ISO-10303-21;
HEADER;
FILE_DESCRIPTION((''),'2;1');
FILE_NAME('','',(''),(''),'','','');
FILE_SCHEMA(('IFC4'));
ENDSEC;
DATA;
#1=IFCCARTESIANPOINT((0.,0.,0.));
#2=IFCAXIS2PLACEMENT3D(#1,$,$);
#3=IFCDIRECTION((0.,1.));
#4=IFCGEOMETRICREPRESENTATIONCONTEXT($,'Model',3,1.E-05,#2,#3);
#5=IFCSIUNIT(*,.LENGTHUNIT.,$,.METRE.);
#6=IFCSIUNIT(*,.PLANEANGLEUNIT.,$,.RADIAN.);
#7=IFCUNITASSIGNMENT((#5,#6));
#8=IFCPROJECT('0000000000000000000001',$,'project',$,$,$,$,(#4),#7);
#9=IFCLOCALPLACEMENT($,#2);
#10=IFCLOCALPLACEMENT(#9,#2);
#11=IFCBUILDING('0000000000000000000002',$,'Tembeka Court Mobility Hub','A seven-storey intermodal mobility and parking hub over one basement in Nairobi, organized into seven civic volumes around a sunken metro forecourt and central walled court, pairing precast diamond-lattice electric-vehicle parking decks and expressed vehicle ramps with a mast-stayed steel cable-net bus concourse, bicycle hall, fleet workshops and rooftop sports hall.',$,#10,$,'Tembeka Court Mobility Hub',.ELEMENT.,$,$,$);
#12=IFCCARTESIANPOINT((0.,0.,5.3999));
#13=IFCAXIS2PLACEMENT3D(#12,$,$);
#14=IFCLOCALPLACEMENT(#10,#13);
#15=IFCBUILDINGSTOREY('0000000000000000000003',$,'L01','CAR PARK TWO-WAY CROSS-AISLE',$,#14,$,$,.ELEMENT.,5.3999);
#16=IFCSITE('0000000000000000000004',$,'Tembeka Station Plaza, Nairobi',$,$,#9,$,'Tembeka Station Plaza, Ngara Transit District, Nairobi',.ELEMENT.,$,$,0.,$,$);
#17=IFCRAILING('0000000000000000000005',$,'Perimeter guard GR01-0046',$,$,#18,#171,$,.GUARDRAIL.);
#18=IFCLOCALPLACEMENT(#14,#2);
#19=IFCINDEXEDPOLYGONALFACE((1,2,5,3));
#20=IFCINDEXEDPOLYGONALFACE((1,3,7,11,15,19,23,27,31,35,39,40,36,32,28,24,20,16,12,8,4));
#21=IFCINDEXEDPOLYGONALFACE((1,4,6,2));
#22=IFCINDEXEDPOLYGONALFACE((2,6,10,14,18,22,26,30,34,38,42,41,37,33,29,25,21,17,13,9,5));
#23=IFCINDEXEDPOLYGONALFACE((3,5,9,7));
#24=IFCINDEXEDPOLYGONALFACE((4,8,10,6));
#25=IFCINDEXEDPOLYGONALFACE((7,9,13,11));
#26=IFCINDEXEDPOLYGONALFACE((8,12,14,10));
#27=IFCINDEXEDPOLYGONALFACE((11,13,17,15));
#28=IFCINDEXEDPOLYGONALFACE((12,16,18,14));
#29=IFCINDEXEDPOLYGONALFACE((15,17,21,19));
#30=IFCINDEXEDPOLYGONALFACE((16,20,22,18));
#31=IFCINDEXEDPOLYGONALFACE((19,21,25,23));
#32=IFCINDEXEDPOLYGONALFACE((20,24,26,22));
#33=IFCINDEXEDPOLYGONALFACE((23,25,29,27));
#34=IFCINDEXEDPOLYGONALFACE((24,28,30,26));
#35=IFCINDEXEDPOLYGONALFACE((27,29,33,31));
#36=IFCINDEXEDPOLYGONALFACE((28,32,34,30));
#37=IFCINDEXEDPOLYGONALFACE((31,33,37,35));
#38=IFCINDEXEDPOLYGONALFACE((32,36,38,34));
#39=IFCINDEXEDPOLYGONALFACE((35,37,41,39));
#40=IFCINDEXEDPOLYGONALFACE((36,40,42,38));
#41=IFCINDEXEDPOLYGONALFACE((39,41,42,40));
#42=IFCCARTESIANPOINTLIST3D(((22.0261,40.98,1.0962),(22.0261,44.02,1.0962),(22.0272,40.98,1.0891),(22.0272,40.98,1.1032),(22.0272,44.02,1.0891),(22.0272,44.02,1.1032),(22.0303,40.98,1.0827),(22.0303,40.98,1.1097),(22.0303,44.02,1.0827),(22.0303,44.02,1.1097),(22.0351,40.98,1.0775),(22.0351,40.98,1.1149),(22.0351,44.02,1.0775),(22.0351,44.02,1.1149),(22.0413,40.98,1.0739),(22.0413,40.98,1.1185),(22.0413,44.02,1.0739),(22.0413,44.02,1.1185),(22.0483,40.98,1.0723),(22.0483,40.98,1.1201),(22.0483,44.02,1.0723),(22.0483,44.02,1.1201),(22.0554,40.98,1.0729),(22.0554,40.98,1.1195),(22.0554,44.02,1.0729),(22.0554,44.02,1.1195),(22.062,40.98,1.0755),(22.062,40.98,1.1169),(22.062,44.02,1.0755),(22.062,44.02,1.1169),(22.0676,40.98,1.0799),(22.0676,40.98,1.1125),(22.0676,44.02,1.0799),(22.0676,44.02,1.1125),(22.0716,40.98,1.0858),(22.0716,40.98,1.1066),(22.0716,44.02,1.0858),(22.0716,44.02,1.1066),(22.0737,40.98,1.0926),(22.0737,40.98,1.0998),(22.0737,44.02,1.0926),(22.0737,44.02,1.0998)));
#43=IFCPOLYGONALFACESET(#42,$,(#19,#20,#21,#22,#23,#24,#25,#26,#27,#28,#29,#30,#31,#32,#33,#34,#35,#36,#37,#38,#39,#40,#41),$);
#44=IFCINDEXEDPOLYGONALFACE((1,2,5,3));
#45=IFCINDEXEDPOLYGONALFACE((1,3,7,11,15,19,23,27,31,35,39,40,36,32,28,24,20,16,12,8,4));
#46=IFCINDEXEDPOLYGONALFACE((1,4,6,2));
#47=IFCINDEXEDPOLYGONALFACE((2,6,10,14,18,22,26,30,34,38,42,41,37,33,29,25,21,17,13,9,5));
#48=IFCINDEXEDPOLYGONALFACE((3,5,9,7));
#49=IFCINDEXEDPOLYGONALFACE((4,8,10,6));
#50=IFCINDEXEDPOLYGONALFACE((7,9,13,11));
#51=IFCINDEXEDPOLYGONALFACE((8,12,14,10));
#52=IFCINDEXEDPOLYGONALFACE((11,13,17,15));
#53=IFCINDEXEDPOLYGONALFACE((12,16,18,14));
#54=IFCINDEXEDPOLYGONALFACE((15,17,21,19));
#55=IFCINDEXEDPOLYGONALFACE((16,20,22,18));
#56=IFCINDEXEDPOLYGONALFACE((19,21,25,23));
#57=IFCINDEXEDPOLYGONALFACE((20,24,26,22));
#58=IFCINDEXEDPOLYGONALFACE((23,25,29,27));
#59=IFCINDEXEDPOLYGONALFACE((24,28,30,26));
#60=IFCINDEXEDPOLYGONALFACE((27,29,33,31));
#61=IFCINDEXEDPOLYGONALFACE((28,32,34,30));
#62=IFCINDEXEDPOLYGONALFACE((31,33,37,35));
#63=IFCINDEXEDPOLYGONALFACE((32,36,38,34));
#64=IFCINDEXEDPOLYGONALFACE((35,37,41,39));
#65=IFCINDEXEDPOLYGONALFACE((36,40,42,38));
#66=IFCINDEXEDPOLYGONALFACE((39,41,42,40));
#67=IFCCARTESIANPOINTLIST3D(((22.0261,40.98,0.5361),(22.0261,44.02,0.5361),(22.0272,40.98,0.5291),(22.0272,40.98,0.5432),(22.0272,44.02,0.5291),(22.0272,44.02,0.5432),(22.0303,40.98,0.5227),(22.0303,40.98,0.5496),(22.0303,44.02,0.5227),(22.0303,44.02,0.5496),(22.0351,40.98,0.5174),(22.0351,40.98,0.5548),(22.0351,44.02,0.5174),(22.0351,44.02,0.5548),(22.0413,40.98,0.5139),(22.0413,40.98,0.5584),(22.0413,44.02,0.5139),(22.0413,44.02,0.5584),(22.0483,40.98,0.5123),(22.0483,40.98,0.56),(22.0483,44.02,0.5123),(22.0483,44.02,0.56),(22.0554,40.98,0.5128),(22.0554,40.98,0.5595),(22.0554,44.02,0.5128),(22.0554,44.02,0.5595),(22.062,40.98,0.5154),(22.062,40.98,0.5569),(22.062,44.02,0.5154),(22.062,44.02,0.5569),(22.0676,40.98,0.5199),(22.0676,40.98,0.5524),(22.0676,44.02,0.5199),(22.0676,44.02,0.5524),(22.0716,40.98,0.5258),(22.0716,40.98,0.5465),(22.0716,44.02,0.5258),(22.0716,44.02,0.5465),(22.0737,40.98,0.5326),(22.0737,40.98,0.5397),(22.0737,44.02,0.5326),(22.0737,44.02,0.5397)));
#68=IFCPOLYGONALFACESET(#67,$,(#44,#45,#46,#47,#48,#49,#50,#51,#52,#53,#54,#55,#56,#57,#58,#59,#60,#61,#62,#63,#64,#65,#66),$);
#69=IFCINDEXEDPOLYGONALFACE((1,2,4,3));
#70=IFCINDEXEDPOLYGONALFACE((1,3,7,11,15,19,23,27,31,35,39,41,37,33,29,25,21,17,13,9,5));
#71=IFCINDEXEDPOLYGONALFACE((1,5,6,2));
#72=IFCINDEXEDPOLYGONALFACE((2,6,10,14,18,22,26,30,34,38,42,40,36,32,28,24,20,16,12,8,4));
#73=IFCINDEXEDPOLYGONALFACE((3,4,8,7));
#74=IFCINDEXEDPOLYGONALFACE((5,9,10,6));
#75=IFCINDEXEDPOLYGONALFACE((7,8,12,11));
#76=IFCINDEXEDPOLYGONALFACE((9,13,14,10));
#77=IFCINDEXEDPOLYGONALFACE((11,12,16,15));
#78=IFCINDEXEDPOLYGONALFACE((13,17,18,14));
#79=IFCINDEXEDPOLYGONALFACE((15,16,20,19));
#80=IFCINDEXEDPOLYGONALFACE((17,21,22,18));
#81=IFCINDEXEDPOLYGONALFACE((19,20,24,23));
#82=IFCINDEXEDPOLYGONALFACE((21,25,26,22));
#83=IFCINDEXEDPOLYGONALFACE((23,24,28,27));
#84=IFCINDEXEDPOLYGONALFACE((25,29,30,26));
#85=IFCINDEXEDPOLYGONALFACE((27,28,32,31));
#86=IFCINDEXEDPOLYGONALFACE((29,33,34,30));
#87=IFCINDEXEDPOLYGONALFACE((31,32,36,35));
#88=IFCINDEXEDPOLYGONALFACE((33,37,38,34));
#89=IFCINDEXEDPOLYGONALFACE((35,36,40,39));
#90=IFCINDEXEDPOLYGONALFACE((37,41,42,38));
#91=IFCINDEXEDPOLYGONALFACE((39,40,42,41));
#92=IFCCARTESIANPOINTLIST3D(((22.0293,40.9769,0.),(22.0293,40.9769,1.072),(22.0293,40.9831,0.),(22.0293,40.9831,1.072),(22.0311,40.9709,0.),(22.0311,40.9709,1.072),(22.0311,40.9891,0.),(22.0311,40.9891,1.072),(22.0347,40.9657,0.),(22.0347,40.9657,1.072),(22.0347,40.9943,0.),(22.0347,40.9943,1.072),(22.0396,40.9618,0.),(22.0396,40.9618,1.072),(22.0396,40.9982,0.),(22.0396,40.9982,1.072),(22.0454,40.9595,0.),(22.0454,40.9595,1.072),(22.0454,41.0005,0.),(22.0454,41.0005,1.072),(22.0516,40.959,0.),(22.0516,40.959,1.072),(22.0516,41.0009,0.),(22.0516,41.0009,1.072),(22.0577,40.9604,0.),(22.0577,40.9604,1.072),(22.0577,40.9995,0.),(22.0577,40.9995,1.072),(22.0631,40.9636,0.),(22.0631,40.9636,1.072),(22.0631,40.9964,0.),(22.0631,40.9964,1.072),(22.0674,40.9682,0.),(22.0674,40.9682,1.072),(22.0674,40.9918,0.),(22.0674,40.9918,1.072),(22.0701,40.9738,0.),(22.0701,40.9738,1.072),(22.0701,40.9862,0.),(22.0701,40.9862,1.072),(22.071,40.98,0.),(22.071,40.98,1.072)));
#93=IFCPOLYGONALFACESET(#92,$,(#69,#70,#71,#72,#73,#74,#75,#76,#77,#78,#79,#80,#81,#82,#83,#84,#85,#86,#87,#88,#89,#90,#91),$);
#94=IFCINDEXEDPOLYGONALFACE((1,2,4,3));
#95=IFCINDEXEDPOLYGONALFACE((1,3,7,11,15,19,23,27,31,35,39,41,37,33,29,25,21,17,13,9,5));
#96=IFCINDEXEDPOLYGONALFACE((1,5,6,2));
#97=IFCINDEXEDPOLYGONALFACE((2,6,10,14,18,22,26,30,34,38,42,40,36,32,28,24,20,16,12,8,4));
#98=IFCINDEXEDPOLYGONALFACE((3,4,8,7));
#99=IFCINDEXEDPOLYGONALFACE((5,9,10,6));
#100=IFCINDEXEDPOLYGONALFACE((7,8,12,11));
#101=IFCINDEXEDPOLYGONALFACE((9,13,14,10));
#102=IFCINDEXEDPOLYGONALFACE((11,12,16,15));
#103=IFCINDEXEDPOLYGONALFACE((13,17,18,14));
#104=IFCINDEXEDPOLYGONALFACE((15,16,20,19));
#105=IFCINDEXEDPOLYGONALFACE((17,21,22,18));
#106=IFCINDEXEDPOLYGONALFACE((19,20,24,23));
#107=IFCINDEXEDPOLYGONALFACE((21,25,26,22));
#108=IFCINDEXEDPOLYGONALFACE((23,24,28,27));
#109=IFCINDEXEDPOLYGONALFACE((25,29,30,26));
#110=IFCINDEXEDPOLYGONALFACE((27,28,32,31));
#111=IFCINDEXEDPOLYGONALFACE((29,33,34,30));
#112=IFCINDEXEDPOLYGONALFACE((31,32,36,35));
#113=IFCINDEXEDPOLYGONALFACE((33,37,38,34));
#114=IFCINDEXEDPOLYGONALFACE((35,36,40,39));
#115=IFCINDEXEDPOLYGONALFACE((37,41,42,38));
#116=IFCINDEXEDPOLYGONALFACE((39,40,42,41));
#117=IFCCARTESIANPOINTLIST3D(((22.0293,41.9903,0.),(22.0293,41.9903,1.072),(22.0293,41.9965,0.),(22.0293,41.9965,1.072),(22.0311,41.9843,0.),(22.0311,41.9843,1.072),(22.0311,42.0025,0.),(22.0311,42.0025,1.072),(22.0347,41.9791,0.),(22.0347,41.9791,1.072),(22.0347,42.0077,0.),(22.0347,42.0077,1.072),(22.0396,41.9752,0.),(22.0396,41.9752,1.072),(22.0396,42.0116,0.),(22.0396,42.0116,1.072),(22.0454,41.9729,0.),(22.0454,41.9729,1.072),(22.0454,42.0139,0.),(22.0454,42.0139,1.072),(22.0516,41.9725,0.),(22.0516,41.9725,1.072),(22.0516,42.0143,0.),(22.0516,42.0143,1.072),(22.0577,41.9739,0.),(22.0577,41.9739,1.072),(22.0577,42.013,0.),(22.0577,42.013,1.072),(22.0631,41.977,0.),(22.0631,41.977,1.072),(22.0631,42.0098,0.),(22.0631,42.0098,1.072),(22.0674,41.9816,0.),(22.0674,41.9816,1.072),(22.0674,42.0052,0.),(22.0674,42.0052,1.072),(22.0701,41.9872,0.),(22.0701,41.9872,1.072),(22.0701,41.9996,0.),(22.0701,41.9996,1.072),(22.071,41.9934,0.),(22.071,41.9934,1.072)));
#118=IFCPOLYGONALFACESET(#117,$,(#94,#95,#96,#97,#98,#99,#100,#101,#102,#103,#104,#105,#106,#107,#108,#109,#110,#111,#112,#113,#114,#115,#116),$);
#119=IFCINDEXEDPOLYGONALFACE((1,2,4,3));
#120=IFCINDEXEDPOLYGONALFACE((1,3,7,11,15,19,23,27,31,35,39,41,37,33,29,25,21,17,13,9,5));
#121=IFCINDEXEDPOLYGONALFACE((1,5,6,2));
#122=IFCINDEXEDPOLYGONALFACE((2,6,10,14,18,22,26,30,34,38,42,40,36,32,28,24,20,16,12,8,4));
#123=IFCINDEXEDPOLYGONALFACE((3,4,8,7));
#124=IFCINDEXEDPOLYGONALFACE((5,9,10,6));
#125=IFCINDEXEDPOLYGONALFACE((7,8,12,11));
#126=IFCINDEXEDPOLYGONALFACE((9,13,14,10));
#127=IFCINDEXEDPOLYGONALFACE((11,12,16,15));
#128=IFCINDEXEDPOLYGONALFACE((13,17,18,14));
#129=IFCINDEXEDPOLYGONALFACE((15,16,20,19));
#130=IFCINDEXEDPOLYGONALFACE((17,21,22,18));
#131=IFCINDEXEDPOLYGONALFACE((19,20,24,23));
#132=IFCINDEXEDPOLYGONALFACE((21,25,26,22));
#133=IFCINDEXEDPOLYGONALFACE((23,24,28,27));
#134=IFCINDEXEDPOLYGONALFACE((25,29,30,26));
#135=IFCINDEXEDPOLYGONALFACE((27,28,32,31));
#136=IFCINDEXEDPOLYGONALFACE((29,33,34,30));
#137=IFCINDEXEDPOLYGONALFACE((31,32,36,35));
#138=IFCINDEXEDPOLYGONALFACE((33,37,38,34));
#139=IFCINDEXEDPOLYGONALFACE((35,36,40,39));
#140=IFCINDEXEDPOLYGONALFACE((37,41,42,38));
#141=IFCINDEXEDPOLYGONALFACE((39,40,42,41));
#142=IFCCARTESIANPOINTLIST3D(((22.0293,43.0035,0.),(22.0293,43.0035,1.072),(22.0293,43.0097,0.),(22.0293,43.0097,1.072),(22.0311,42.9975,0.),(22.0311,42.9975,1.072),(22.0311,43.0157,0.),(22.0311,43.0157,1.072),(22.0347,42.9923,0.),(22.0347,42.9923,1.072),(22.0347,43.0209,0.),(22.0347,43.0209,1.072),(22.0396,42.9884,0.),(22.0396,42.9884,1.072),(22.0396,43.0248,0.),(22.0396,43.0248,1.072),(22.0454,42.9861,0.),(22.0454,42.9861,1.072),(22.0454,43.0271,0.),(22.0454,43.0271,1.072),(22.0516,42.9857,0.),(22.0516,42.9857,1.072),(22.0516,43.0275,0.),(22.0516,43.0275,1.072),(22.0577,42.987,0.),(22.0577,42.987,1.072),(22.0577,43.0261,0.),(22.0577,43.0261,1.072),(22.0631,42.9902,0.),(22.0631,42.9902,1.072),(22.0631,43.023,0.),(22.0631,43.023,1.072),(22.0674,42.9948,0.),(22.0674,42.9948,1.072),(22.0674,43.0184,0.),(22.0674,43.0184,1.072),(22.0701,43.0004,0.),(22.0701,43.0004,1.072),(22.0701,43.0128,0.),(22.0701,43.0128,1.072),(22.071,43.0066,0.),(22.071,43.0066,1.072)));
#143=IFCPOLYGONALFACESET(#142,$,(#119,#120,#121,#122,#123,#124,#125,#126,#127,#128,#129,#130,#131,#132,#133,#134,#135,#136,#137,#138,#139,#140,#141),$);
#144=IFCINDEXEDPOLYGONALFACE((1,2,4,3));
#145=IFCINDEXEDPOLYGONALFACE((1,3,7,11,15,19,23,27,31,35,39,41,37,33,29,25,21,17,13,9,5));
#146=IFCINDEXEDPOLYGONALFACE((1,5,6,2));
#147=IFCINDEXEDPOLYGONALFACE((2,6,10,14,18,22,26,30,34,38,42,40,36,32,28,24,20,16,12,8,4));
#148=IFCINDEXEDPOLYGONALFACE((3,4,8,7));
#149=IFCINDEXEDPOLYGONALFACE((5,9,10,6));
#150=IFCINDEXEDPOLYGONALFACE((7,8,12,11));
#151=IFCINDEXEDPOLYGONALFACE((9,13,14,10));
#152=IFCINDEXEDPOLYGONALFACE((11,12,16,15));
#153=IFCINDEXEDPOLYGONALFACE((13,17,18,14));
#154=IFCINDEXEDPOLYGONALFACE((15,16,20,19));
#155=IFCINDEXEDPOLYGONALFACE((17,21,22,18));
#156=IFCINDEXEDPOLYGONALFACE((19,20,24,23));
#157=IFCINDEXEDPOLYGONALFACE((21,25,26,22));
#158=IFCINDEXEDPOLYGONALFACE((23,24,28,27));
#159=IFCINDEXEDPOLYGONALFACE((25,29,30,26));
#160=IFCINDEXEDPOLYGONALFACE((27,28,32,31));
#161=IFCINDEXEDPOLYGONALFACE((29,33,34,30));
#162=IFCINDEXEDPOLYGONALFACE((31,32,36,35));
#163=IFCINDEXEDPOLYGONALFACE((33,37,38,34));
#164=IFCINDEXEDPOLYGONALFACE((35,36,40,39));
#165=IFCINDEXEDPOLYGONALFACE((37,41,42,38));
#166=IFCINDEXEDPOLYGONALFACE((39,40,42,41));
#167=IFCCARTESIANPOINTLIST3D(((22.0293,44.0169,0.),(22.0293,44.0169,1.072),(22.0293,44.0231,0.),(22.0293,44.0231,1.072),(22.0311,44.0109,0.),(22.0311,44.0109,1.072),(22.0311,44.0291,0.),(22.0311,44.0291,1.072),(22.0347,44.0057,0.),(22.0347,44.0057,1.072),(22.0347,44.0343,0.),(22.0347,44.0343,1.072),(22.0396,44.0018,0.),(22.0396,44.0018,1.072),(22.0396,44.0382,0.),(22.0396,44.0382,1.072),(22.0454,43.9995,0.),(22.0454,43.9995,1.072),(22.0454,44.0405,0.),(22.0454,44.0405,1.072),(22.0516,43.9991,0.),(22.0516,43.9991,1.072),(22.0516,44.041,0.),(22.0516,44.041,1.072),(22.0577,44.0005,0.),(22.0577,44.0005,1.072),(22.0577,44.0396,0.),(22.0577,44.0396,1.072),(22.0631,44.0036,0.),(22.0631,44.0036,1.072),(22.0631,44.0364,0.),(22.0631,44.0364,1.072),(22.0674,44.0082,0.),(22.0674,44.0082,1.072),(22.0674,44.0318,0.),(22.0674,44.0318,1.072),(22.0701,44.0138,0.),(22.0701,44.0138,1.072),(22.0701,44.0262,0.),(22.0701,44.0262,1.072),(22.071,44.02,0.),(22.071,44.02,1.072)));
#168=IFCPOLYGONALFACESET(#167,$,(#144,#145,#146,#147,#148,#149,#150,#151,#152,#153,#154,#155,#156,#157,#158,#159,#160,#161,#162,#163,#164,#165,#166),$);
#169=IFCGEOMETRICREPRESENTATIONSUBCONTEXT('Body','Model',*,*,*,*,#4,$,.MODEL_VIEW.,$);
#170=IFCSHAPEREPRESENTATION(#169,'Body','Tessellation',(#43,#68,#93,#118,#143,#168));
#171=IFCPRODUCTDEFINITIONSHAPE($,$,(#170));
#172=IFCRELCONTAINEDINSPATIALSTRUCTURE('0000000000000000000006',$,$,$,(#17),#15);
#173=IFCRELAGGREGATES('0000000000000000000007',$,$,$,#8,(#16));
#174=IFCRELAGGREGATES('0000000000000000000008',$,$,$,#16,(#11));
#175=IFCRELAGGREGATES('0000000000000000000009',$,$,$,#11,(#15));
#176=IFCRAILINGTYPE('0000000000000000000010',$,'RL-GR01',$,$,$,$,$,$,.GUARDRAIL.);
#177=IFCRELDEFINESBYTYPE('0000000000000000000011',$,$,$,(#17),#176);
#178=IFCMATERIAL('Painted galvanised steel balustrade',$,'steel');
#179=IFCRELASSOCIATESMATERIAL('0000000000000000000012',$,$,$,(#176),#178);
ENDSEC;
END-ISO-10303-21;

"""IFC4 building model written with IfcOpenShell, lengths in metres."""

from ifc_helpers import new_model, si_unit, direction, frame, origin, origin_2d, place, context, subcontext, project, spatial, circle, extrude, material, type_object, element, save


model = new_model("IFC4")

# Units and contexts
model_context = context("Model", 3, precision=1e-05, world=origin(), true_north=direction((0.0, 1.0)))
body_context = subcontext(model_context, "Body", "Model", "MODEL_VIEW")
ifc_project = project(units=[si_unit("LENGTHUNIT", "METRE"), si_unit("PLANEANGLEUNIT", "RADIAN")], contexts=[model_context])

# Site, building, storey
site_placement = place(None, origin())
site = spatial("IfcSite", under=ifc_project, at=site_placement, Name="Tembeka Station Plaza, Nairobi", LongName="Tembeka Station Plaza, Ngara Transit District, Nairobi", CompositionType="ELEMENT", RefElevation=0.0)
building_placement = place(site_placement, origin())
building = spatial("IfcBuilding", under=site, at=building_placement, Name="Tembeka Court Mobility Hub", Description="A seven-storey intermodal mobility and parking hub over one basement in Nairobi, organized into seven civic volumes around a sunken metro forecourt and central walled court, pairing precast diamond-lattice electric-vehicle parking decks and expressed vehicle ramps with a mast-stayed steel cable-net bus concourse, bicycle hall, fleet workshops and rooftop sports hall.", LongName="Tembeka Court Mobility Hub", CompositionType="ELEMENT")
storey_placement = place(building_placement, frame((0.0, 0.0, 5.3999)))
storey = spatial("IfcBuildingStorey", under=building, at=storey_placement, Name="L01", Description="CAR PARK TWO-WAY CROSS-AISLE", CompositionType="ELEMENT", Elevation=5.3999)

# Railing
ifc_material_1 = material(Name="Painted galvanised steel balustrade", Category="steel")
railing_type_1 = type_object("IfcRailingType", Name="RL-GR01", PredefinedType="GUARDRAIL", material=ifc_material_1)
railing_1_placement = place(storey_placement, frame((22.05, 40.98, 0.0)))
element("IfcRailing", 1, at=railing_1_placement, inside=storey, type_object=railing_type_1, Name="Perimeter guard GR01-0046", PredefinedType="GUARDRAIL", context=body_context, shape_type="SweptSolid", body=[
    extrude(circle(Radius=0.0239, at=origin_2d()), frame((0.0, 0.0, 1.0962), z_axis=(0.0, 1.0, 0.0), x_axis=(-1.0, 0.0, 0.0)), (0.0, 0.0, 1.0), 3.04),
    extrude(circle(Radius=0.0239, at=origin_2d()), frame((0.0, 0.0, 0.5361), z_axis=(0.0, 1.0, 0.0), x_axis=(-1.0, 0.0, 0.0)), (0.0, 0.0, 1.0), 3.04),
    extrude(circle(Radius=0.021, at=origin_2d()), origin(), (0.0, 0.0, 1.0), 1.072),
    extrude(circle(Radius=0.021, at=origin_2d()), frame((0.0, 1.0134, 0.0)), (0.0, 0.0, 1.0), 1.072),
    extrude(circle(Radius=0.021, at=origin_2d()), frame((0.0, 2.0266, 0.0)), (0.0, 0.0, 1.0), 1.072),
    extrude(circle(Radius=0.021, at=origin_2d()), frame((0.0, 3.04, 0.0)), (0.0, 0.0, 1.0), 1.072),
])

save(model, "model.ifc")
